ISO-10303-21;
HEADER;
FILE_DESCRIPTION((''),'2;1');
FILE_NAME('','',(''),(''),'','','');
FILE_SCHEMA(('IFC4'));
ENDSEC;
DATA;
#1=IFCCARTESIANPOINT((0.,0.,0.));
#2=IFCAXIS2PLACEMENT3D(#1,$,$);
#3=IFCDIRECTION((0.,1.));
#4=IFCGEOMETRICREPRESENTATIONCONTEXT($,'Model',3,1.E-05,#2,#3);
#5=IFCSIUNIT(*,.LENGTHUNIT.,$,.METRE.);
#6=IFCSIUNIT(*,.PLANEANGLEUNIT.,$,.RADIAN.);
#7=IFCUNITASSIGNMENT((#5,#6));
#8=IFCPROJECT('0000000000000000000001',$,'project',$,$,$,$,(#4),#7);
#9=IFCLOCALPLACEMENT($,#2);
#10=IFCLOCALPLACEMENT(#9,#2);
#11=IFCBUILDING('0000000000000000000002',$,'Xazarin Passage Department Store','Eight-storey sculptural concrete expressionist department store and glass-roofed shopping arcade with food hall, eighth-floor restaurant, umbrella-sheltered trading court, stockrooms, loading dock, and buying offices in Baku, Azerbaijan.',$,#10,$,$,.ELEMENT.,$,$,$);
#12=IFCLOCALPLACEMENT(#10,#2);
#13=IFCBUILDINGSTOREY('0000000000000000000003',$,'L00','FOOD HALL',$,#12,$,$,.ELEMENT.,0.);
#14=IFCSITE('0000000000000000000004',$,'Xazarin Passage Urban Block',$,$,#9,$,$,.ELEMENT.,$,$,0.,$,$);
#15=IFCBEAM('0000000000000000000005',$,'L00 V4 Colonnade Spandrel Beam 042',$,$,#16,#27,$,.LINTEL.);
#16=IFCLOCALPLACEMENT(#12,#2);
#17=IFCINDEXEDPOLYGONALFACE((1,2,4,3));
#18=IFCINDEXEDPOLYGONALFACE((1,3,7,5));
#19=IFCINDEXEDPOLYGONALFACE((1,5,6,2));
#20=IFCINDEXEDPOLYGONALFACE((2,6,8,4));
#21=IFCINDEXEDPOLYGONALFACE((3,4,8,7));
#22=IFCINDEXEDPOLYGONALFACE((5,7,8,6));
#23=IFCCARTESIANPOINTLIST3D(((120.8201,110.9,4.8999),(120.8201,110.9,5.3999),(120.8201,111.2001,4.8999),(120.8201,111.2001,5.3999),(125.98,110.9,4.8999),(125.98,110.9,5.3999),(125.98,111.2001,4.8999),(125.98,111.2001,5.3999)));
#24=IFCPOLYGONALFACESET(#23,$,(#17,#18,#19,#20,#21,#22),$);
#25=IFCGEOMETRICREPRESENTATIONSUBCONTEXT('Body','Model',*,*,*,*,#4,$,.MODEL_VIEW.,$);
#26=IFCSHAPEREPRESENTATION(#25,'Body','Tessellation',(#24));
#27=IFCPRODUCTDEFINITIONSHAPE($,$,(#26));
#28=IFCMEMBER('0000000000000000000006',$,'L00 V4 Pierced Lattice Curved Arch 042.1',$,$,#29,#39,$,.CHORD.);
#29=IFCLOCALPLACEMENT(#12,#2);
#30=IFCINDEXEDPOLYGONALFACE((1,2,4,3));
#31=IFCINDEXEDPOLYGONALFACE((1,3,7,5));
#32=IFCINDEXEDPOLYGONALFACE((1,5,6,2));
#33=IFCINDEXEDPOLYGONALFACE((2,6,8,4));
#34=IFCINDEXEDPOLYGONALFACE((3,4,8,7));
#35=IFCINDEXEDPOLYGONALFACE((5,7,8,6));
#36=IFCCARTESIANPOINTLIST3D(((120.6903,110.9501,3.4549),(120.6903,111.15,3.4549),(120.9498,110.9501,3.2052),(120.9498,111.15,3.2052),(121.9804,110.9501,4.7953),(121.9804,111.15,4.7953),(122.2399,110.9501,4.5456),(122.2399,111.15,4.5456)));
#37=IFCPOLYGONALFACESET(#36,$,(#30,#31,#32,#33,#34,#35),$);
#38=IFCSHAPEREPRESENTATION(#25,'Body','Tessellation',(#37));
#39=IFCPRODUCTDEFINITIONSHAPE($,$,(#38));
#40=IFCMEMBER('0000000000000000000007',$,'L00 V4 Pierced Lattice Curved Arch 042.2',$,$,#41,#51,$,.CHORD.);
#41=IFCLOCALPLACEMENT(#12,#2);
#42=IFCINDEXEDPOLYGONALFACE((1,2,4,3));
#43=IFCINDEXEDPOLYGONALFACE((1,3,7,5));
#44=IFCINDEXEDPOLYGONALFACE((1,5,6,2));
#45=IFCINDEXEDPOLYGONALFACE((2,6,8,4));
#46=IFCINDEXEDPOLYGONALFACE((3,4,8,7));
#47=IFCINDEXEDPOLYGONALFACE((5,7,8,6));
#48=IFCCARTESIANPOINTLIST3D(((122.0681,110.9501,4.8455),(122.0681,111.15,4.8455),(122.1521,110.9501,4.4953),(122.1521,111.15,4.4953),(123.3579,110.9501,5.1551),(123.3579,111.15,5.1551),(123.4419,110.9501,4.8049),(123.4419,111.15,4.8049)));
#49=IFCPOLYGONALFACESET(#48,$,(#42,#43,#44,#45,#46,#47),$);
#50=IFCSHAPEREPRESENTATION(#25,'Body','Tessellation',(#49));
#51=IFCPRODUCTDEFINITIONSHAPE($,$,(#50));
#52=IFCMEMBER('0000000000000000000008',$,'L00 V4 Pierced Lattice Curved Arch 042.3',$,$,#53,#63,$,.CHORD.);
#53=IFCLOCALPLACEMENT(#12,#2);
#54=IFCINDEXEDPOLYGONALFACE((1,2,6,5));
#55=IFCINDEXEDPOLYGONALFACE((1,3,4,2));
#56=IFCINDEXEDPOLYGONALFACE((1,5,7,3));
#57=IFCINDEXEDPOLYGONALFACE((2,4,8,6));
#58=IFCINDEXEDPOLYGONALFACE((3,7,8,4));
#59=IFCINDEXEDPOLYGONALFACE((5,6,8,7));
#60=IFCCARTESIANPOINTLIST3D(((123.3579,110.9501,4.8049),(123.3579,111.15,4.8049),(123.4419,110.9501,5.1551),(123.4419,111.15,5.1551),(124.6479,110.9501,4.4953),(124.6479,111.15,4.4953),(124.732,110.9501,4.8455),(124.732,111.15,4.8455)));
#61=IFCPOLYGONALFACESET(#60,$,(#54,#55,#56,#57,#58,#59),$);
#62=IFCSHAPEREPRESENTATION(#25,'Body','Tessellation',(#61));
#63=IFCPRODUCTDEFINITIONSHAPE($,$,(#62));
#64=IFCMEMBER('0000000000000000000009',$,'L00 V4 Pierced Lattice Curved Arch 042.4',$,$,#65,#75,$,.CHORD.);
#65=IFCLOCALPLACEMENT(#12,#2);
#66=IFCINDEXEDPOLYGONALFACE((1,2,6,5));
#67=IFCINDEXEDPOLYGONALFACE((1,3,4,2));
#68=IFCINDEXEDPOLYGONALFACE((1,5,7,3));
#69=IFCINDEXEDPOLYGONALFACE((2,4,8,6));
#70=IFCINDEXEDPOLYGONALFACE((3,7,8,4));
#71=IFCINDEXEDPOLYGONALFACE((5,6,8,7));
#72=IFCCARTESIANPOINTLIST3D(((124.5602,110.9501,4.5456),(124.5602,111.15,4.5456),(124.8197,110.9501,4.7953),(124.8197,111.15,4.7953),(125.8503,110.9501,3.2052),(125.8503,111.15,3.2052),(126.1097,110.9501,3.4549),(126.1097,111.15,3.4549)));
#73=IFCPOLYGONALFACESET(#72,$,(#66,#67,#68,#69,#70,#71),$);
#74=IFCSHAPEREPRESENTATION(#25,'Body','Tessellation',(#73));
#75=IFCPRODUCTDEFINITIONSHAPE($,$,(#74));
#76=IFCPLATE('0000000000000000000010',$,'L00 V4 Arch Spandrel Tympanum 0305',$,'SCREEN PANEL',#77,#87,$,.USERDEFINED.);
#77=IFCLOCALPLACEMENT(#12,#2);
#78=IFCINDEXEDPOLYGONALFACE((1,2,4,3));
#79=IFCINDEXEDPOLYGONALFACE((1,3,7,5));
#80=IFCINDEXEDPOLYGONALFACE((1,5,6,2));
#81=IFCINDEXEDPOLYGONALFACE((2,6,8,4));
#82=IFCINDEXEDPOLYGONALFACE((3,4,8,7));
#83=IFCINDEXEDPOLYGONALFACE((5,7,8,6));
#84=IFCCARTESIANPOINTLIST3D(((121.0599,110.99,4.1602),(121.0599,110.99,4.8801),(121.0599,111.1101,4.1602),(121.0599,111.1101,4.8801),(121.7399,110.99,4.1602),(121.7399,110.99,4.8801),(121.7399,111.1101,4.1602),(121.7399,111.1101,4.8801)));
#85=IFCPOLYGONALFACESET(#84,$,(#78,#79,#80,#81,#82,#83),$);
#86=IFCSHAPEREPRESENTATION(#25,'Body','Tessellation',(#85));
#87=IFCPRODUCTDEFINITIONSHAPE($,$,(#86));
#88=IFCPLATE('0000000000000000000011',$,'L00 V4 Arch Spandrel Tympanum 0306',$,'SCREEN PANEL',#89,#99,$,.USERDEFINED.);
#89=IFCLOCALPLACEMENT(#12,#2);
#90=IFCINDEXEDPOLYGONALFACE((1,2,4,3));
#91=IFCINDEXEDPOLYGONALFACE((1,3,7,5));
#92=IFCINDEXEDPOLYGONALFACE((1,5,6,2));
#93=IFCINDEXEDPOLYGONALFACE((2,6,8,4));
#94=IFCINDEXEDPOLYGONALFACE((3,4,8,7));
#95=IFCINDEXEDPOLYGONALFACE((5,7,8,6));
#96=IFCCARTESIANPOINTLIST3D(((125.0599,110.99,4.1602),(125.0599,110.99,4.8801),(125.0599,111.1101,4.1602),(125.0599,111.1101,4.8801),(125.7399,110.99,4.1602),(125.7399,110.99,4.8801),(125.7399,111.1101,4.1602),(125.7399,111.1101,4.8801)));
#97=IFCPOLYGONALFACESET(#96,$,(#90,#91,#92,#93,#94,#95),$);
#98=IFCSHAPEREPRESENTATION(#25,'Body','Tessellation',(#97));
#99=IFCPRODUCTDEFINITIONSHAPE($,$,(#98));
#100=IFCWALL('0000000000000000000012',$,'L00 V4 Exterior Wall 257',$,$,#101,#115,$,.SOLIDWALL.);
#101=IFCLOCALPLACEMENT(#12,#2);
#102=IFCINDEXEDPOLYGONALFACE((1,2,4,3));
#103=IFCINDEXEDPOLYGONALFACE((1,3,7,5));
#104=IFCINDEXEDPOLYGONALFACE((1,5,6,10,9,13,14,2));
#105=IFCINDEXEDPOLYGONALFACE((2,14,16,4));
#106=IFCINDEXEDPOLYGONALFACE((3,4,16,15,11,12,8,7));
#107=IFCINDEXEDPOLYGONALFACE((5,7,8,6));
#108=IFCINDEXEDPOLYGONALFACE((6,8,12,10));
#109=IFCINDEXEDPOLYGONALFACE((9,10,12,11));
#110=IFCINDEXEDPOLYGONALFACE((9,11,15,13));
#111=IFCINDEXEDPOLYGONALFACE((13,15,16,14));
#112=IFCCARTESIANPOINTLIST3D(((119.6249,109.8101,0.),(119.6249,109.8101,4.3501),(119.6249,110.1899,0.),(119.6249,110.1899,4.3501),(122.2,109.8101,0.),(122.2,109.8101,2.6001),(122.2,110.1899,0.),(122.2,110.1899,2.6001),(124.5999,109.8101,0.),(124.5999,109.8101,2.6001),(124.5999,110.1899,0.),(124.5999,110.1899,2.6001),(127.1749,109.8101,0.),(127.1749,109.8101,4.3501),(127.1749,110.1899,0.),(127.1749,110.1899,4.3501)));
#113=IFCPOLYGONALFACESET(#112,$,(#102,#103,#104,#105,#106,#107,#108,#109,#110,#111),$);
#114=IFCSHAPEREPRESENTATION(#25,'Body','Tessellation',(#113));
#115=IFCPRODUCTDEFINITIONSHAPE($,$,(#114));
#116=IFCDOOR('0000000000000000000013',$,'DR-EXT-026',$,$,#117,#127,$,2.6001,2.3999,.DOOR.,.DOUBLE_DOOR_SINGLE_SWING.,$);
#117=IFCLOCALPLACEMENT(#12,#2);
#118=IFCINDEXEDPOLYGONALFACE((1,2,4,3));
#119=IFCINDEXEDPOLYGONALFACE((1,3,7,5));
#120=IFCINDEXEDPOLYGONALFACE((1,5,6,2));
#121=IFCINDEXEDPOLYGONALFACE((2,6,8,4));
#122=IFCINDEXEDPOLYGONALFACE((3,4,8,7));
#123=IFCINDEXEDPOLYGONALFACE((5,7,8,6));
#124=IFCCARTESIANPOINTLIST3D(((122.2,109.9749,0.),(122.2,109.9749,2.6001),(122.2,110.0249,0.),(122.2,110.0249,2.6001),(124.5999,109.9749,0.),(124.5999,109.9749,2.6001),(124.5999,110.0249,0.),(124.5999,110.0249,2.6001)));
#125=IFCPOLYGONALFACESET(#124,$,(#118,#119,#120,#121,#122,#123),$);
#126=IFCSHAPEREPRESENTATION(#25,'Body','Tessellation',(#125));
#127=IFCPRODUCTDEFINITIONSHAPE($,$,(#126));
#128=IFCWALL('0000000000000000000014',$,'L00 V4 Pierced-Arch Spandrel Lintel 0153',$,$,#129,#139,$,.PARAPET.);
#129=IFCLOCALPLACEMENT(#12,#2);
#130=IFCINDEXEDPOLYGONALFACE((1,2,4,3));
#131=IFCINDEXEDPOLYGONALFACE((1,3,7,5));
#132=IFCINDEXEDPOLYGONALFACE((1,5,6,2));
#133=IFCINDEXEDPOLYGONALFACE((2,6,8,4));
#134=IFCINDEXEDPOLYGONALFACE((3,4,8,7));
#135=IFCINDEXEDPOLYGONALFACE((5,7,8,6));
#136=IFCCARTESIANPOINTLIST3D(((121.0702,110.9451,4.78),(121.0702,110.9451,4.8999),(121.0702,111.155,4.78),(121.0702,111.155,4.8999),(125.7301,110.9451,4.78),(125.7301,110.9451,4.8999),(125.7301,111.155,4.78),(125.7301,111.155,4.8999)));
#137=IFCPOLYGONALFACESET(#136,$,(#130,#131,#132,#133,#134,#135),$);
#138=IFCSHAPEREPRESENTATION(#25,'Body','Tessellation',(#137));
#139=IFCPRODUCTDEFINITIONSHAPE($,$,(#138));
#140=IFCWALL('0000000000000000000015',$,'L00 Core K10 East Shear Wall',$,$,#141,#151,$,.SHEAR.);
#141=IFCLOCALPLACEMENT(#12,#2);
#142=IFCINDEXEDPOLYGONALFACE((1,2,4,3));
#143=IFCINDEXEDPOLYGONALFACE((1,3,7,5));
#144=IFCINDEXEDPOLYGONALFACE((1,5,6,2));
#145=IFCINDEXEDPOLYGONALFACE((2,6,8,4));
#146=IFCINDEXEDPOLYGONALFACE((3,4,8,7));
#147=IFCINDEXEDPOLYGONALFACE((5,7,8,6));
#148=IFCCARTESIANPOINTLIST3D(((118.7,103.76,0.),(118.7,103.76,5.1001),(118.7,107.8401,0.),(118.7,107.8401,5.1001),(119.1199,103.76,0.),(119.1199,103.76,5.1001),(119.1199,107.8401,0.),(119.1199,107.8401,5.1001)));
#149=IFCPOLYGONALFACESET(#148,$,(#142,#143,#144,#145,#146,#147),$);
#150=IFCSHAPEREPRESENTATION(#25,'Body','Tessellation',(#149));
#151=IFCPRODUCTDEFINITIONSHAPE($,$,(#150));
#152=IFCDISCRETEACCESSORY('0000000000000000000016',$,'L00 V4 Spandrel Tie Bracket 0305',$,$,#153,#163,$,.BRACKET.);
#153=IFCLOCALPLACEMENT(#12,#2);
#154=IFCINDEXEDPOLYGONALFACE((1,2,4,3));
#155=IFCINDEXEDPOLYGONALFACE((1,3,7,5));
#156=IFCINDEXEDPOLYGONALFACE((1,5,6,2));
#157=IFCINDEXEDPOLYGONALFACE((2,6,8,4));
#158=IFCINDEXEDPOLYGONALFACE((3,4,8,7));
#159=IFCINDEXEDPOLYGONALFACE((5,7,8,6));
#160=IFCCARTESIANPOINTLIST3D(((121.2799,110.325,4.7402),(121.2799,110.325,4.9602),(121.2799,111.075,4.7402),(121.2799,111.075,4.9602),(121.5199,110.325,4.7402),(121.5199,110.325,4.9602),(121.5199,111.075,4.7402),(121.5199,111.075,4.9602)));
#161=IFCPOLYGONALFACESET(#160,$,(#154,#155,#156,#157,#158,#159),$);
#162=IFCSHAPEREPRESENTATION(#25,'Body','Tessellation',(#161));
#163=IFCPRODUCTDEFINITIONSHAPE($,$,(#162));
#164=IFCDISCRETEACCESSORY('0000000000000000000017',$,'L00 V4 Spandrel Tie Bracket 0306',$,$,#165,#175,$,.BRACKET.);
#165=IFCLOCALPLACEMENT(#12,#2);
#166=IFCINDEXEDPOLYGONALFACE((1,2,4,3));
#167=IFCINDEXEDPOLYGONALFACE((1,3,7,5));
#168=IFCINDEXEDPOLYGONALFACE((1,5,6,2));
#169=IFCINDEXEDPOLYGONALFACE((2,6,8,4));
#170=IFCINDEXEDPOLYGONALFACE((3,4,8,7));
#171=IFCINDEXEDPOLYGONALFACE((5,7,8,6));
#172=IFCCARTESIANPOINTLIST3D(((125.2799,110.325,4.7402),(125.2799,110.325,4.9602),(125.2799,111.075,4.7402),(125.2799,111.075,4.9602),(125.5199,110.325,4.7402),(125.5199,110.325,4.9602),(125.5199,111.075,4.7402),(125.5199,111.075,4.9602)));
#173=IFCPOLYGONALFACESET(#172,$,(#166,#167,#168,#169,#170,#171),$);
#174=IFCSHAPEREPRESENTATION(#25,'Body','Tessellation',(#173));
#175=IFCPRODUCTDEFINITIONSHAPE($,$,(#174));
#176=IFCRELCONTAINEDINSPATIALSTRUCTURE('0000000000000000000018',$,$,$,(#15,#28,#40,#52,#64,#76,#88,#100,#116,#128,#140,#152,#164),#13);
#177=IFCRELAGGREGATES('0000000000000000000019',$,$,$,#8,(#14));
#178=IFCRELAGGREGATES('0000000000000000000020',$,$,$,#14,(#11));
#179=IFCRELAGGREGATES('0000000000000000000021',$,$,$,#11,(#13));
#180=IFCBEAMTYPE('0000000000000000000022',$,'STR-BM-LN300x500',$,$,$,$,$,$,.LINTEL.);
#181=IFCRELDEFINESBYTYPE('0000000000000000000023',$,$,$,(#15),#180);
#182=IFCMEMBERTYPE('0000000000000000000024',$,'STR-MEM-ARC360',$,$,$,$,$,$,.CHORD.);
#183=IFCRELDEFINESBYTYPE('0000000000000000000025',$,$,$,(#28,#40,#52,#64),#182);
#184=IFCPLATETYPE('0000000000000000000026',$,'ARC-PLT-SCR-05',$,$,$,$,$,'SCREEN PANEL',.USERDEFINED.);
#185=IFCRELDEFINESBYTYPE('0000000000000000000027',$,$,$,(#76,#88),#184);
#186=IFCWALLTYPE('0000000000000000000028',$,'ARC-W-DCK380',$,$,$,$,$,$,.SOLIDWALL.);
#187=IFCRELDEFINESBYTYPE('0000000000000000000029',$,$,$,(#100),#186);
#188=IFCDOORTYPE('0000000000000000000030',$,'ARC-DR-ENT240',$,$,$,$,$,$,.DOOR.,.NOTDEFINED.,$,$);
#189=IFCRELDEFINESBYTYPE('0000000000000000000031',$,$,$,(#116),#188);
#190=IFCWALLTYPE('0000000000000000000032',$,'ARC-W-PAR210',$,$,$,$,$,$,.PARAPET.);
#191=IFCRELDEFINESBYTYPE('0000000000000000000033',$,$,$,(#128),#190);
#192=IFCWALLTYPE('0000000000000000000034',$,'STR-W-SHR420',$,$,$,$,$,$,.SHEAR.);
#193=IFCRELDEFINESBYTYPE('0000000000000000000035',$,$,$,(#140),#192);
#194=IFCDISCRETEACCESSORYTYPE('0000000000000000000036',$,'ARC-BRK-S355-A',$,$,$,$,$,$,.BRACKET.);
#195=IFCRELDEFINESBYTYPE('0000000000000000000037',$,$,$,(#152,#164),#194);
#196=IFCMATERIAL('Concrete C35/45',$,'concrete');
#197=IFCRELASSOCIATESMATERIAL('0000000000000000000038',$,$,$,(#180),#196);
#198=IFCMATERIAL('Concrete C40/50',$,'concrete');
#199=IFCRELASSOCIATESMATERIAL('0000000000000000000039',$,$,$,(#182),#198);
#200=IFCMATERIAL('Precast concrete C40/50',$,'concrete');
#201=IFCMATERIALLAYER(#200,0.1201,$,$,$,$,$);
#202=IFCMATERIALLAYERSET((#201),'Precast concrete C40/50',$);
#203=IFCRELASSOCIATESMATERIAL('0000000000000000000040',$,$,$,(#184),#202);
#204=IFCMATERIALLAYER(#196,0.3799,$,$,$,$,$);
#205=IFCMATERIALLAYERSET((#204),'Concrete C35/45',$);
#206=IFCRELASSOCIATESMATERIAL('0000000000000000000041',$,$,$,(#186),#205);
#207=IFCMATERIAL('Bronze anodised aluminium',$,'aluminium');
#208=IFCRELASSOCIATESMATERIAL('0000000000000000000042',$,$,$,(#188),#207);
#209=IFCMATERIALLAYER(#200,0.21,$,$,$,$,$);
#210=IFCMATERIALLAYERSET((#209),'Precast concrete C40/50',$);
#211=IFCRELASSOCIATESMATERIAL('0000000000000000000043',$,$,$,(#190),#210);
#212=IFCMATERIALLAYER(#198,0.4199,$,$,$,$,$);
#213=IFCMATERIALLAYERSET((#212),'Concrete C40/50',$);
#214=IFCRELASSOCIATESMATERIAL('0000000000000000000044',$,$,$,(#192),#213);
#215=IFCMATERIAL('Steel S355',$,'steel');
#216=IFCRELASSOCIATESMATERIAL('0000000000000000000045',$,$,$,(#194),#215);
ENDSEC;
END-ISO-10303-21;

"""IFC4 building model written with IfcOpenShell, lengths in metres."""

from ifc_helpers import new_model, si_unit, direction, frame, frame_2d, origin, origin_2d, place, context, subcontext, project, spatial, rectangle, extrude, material, layer, layer_set, material_profile, profile_set, type_object, element, fill, save


model = new_model("IFC4")

# Units and contexts
model_context = context("Model", 3, precision=1e-05, world=origin(), true_north=direction((0.0, 1.0)))
body_context = subcontext(model_context, "Body", "Model", "MODEL_VIEW")
ifc_project = project(units=[si_unit("LENGTHUNIT", "METRE"), si_unit("PLANEANGLEUNIT", "RADIAN")], contexts=[model_context])

# Site, building, storey
site_placement = place(None, origin())
site = spatial("IfcSite", under=ifc_project, at=site_placement, Name="Xazarin Passage Urban Block", CompositionType="ELEMENT", RefElevation=0.0)
building_placement = place(site_placement, origin())
building = spatial("IfcBuilding", under=site, at=building_placement, Name="Xazarin Passage Department Store", Description="Eight-storey sculptural concrete expressionist department store and glass-roofed shopping arcade with food hall, eighth-floor restaurant, umbrella-sheltered trading court, stockrooms, loading dock, and buying offices in Baku, Azerbaijan.", CompositionType="ELEMENT")
storey_placement = place(building_placement, origin())
storey = spatial("IfcBuildingStorey", under=building, at=storey_placement, Name="L00", Description="FOOD HALL", CompositionType="ELEMENT", Elevation=0.0)

# Shared definitions
ifc_material_1 = material(Name="Concrete C35/45", Category="concrete")

# Shared definitions
ifc_material_2 = material(Name="Concrete C40/50", Category="concrete")

# Beam
ifc_material_profile_1 = material_profile(ifc_material_1, rectangle(XDim=0.3, YDim=0.5, at=origin_2d()), Name="RC 300x500")
ifc_profile_set_1 = profile_set([ifc_material_profile_1], Name="Concrete C35/45")
beam_type = type_object("IfcBeamType", Name="STR-BM-LN300x500", PredefinedType="LINTEL", material=ifc_profile_set_1)
beam_placement = place(storey_placement, frame((120.8201, 111.05, 5.1499), z_axis=(1.0, 0.0, 0.0), x_axis=(0.0, 1.0, 0.0)))
element("IfcBeam", 1, at=beam_placement, inside=storey, type_object=beam_type, Name="L00 V4 Colonnade Spandrel Beam 042", PredefinedType="LINTEL", context=body_context, shape_type="SweptSolid", body=[
    extrude(rectangle(XDim=0.3, YDim=0.5, at=origin_2d()), origin(), (0.0, 0.0, 1.0), 5.1599),
])

# Members
ifc_material_profile_2 = material_profile(ifc_material_2, rectangle(XDim=0.2, YDim=0.3601, at=origin_2d()), Name="RC 200x360")
ifc_profile_set_2 = profile_set([ifc_material_profile_2], Name="Concrete C40/50")
member_type = type_object("IfcMemberType", Name="STR-MEM-ARC360", PredefinedType="CHORD", material=ifc_profile_set_2)
member_1_placement = place(storey_placement, frame((120.8201, 111.05, 3.3301), z_axis=(0.69346, 0.0, 0.720495), x_axis=(0.0, 1.0, 0.0)))
element("IfcMember", 2, at=member_1_placement, inside=storey, type_object=member_type, Name="L00 V4 Pierced Lattice Curved Arch 042.1", PredefinedType="CHORD", context=body_context, shape_type="SweptSolid", body=[
    extrude(rectangle(XDim=0.2, YDim=0.3601, at=origin_2d()), origin(), (0.0, 0.0, 1.0), 1.8604),
])
member_2_placement = place(storey_placement, frame((122.1101, 111.05, 4.6704), z_axis=(0.972384, 0.0, 0.233387), x_axis=(0.0, 1.0, 0.0)))
element("IfcMember", 3, at=member_2_placement, inside=storey, type_object=member_type, Name="L00 V4 Pierced Lattice Curved Arch 042.2", PredefinedType="CHORD", context=body_context, shape_type="SweptSolid", body=[
    extrude(rectangle(XDim=0.2, YDim=0.3601, at=origin_2d()), origin(), (0.0, 0.0, 1.0), 1.3264),
])
member_3_placement = place(storey_placement, frame((123.3999, 111.05, 4.98), z_axis=(0.972394, 0.0, -0.233345), x_axis=(0.0, 1.0, 0.0)))
element("IfcMember", 4, at=member_3_placement, inside=storey, type_object=member_type, Name="L00 V4 Pierced Lattice Curved Arch 042.3", PredefinedType="CHORD", context=body_context, shape_type="SweptSolid", body=[
    extrude(rectangle(XDim=0.2, YDim=0.3601, at=origin_2d()), origin(), (0.0, 0.0, 1.0), 1.3267),
])
member_4_placement = place(storey_placement, frame((124.6899, 111.05, 4.6704), z_axis=(0.69346, 0.0, -0.720495), x_axis=(0.0, 1.0, 0.0)))
element("IfcMember", 5, at=member_4_placement, inside=storey, type_object=member_type, Name="L00 V4 Pierced Lattice Curved Arch 042.4", PredefinedType="CHORD", context=body_context, shape_type="SweptSolid", body=[
    extrude(rectangle(XDim=0.2, YDim=0.3601, at=origin_2d()), origin(), (0.0, 0.0, 1.0), 1.8604),
])

# Plates
ifc_material_3 = material(Name="Precast concrete C40/50", Category="concrete")
ifc_layer_1 = layer(ifc_material_3, 0.1201)
ifc_layer_set_1 = layer_set([ifc_layer_1], Name="Precast concrete C40/50")
plate_type = type_object("IfcPlateType", Name="ARC-PLT-SCR-05", ElementType="SCREEN PANEL", PredefinedType="USERDEFINED", material=ifc_layer_set_1)
for number, where, z_axis, x_axis, name in (
    (6, (121.3999, 111.05, 4.1602), (0.0, 0.0, 1.0), (1.0, 0.0, 0.0), "L00 V4 Arch Spandrel Tympanum 0305"),
    (7, (125.3999, 111.05, 4.1602), (0.0, 0.0, 1.0), (1.0, 0.0, 0.0), "L00 V4 Arch Spandrel Tympanum 0306"),
):
    element("IfcPlate", number, at=place(storey_placement, frame(where, z_axis=z_axis, x_axis=x_axis)), inside=storey, type_object=plate_type, Name=name, ObjectType="SCREEN PANEL", PredefinedType="USERDEFINED", context=body_context, shape_type="SweptSolid", body=[
        extrude(rectangle(XDim=0.6799, YDim=0.1201, at=origin_2d()), origin(), (0.0, 0.0, 1.0), 0.72),
    ])

# Wall, opening, door
ifc_layer_2 = layer(ifc_material_1, 0.3799)
ifc_layer_set_2 = layer_set([ifc_layer_2], Name="Concrete C35/45")
wall_type_1 = type_object("IfcWallType", Name="ARC-W-DCK380", PredefinedType="SOLIDWALL", material=ifc_layer_set_2)
wall_1_placement = place(storey_placement, frame((119.625, 110.0, 0.0), z_axis=(0.0, 0.0, 1.0), x_axis=(1.0, 0.0, 0.0)))
wall_1 = element("IfcWall", 8, at=wall_1_placement, inside=storey, type_object=wall_type_1, Name="L00 V4 Exterior Wall 257", PredefinedType="SOLIDWALL", context=body_context, shape_type="SweptSolid", body=[
    extrude(rectangle(XDim=7.55, YDim=0.3799, at=frame_2d((3.7749, 0.0))), origin(), (0.0, 0.0, 1.0), 4.3501),
])
opening_placement = place(wall_1_placement, frame((2.575, 0.0, 0.0)))
opening = element("IfcOpeningElement", 9, at=opening_placement, cuts=wall_1, PredefinedType="OPENING", context=body_context, shape_type="SweptSolid", body=[
    extrude(rectangle(XDim=2.3999, YDim=2.6001, at=frame_2d((1.2, 1.3))), frame((0.0, 0.2, 0.0), z_axis=(0.0, -1.0, 0.0), x_axis=(1.0, 0.0, 0.0)), (0.0, 0.0, 1.0), 0.3999),
])
ifc_material_4 = material(Name="Bronze anodised aluminium", Category="aluminium")
door_type = type_object("IfcDoorType", Name="ARC-DR-ENT240", OperationType="NOTDEFINED", PredefinedType="DOOR", material=ifc_material_4)
door_placement = place(opening_placement, origin())
door = element("IfcDoor", 10, at=door_placement, inside=storey, type_object=door_type, Name="DR-EXT-026", OperationType="DOUBLE_DOOR_SINGLE_SWING", OverallHeight=2.6001, OverallWidth=2.3999, PredefinedType="DOOR", context=body_context, shape_type="SweptSolid", body=[
    extrude(rectangle(XDim=2.3999, YDim=2.6001, at=frame_2d((1.2, 1.3))), frame((0.0, 0.0249, 0.0), z_axis=(0.0, -1.0, 0.0), x_axis=(1.0, 0.0, 0.0)), (0.0, 0.0, 1.0), 0.05),
])
fill(opening, door)

# Walls
ifc_layer_3 = layer(ifc_material_3, 0.21)
ifc_layer_set_3 = layer_set([ifc_layer_3], Name="Precast concrete C40/50")
wall_type_2 = type_object("IfcWallType", Name="ARC-W-PAR210", PredefinedType="PARAPET", material=ifc_layer_set_3)
wall_2_placement = place(storey_placement, frame((121.0701, 111.05, 4.78), z_axis=(0.0, 0.0, 1.0), x_axis=(1.0, 0.0, 0.0)))
element("IfcWall", 11, at=wall_2_placement, inside=storey, type_object=wall_type_2, Name="L00 V4 Pierced-Arch Spandrel Lintel 0153", PredefinedType="PARAPET", context=body_context, shape_type="SweptSolid", body=[
    extrude(rectangle(XDim=4.6599, YDim=0.21, at=frame_2d((2.3301, 0.0))), origin(), (0.0, 0.0, 1.0), 0.1199),
])
ifc_layer_4 = layer(ifc_material_2, 0.4199)
ifc_layer_set_4 = layer_set([ifc_layer_4], Name="Concrete C40/50")
wall_type_3 = type_object("IfcWallType", Name="STR-W-SHR420", PredefinedType="SHEAR", material=ifc_layer_set_4)
wall_3_placement = place(storey_placement, frame((118.9099, 103.76, 0.0), z_axis=(0.0, 0.0, 1.0), x_axis=(0.0, 1.0, 0.0)))
element("IfcWall", 12, at=wall_3_placement, inside=storey, type_object=wall_type_3, Name="L00 Core K10 East Shear Wall", PredefinedType="SHEAR", context=body_context, shape_type="SweptSolid", body=[
    extrude(rectangle(XDim=4.0801, YDim=0.4199, at=frame_2d((2.04, 0.0))), origin(), (0.0, 0.0, 1.0), 5.1001),
])

# Discrete accessories
ifc_material_5 = material(Name="Steel S355", Category="steel")
discrete_accessory_type = type_object("IfcDiscreteAccessoryType", Name="ARC-BRK-S355-A", PredefinedType="BRACKET", material=ifc_material_5)
for number, where, z_axis, x_axis, name in (
    (13, (121.3999, 110.7, 4.7402), (0.0, 0.0, 1.0), (1.0, 0.0, 0.0), "L00 V4 Spandrel Tie Bracket 0305"),
    (14, (125.3999, 110.7, 4.7402), (0.0, 0.0, 1.0), (1.0, 0.0, 0.0), "L00 V4 Spandrel Tie Bracket 0306"),
):
    element("IfcDiscreteAccessory", number, at=place(storey_placement, frame(where, z_axis=z_axis, x_axis=x_axis)), inside=storey, type_object=discrete_accessory_type, Name=name, PredefinedType="BRACKET", context=body_context, shape_type="SweptSolid", body=[
        extrude(rectangle(XDim=0.24, YDim=0.75, at=origin_2d()), origin(), (0.0, 0.0, 1.0), 0.22),
    ])

save(model, "model.ifc")
